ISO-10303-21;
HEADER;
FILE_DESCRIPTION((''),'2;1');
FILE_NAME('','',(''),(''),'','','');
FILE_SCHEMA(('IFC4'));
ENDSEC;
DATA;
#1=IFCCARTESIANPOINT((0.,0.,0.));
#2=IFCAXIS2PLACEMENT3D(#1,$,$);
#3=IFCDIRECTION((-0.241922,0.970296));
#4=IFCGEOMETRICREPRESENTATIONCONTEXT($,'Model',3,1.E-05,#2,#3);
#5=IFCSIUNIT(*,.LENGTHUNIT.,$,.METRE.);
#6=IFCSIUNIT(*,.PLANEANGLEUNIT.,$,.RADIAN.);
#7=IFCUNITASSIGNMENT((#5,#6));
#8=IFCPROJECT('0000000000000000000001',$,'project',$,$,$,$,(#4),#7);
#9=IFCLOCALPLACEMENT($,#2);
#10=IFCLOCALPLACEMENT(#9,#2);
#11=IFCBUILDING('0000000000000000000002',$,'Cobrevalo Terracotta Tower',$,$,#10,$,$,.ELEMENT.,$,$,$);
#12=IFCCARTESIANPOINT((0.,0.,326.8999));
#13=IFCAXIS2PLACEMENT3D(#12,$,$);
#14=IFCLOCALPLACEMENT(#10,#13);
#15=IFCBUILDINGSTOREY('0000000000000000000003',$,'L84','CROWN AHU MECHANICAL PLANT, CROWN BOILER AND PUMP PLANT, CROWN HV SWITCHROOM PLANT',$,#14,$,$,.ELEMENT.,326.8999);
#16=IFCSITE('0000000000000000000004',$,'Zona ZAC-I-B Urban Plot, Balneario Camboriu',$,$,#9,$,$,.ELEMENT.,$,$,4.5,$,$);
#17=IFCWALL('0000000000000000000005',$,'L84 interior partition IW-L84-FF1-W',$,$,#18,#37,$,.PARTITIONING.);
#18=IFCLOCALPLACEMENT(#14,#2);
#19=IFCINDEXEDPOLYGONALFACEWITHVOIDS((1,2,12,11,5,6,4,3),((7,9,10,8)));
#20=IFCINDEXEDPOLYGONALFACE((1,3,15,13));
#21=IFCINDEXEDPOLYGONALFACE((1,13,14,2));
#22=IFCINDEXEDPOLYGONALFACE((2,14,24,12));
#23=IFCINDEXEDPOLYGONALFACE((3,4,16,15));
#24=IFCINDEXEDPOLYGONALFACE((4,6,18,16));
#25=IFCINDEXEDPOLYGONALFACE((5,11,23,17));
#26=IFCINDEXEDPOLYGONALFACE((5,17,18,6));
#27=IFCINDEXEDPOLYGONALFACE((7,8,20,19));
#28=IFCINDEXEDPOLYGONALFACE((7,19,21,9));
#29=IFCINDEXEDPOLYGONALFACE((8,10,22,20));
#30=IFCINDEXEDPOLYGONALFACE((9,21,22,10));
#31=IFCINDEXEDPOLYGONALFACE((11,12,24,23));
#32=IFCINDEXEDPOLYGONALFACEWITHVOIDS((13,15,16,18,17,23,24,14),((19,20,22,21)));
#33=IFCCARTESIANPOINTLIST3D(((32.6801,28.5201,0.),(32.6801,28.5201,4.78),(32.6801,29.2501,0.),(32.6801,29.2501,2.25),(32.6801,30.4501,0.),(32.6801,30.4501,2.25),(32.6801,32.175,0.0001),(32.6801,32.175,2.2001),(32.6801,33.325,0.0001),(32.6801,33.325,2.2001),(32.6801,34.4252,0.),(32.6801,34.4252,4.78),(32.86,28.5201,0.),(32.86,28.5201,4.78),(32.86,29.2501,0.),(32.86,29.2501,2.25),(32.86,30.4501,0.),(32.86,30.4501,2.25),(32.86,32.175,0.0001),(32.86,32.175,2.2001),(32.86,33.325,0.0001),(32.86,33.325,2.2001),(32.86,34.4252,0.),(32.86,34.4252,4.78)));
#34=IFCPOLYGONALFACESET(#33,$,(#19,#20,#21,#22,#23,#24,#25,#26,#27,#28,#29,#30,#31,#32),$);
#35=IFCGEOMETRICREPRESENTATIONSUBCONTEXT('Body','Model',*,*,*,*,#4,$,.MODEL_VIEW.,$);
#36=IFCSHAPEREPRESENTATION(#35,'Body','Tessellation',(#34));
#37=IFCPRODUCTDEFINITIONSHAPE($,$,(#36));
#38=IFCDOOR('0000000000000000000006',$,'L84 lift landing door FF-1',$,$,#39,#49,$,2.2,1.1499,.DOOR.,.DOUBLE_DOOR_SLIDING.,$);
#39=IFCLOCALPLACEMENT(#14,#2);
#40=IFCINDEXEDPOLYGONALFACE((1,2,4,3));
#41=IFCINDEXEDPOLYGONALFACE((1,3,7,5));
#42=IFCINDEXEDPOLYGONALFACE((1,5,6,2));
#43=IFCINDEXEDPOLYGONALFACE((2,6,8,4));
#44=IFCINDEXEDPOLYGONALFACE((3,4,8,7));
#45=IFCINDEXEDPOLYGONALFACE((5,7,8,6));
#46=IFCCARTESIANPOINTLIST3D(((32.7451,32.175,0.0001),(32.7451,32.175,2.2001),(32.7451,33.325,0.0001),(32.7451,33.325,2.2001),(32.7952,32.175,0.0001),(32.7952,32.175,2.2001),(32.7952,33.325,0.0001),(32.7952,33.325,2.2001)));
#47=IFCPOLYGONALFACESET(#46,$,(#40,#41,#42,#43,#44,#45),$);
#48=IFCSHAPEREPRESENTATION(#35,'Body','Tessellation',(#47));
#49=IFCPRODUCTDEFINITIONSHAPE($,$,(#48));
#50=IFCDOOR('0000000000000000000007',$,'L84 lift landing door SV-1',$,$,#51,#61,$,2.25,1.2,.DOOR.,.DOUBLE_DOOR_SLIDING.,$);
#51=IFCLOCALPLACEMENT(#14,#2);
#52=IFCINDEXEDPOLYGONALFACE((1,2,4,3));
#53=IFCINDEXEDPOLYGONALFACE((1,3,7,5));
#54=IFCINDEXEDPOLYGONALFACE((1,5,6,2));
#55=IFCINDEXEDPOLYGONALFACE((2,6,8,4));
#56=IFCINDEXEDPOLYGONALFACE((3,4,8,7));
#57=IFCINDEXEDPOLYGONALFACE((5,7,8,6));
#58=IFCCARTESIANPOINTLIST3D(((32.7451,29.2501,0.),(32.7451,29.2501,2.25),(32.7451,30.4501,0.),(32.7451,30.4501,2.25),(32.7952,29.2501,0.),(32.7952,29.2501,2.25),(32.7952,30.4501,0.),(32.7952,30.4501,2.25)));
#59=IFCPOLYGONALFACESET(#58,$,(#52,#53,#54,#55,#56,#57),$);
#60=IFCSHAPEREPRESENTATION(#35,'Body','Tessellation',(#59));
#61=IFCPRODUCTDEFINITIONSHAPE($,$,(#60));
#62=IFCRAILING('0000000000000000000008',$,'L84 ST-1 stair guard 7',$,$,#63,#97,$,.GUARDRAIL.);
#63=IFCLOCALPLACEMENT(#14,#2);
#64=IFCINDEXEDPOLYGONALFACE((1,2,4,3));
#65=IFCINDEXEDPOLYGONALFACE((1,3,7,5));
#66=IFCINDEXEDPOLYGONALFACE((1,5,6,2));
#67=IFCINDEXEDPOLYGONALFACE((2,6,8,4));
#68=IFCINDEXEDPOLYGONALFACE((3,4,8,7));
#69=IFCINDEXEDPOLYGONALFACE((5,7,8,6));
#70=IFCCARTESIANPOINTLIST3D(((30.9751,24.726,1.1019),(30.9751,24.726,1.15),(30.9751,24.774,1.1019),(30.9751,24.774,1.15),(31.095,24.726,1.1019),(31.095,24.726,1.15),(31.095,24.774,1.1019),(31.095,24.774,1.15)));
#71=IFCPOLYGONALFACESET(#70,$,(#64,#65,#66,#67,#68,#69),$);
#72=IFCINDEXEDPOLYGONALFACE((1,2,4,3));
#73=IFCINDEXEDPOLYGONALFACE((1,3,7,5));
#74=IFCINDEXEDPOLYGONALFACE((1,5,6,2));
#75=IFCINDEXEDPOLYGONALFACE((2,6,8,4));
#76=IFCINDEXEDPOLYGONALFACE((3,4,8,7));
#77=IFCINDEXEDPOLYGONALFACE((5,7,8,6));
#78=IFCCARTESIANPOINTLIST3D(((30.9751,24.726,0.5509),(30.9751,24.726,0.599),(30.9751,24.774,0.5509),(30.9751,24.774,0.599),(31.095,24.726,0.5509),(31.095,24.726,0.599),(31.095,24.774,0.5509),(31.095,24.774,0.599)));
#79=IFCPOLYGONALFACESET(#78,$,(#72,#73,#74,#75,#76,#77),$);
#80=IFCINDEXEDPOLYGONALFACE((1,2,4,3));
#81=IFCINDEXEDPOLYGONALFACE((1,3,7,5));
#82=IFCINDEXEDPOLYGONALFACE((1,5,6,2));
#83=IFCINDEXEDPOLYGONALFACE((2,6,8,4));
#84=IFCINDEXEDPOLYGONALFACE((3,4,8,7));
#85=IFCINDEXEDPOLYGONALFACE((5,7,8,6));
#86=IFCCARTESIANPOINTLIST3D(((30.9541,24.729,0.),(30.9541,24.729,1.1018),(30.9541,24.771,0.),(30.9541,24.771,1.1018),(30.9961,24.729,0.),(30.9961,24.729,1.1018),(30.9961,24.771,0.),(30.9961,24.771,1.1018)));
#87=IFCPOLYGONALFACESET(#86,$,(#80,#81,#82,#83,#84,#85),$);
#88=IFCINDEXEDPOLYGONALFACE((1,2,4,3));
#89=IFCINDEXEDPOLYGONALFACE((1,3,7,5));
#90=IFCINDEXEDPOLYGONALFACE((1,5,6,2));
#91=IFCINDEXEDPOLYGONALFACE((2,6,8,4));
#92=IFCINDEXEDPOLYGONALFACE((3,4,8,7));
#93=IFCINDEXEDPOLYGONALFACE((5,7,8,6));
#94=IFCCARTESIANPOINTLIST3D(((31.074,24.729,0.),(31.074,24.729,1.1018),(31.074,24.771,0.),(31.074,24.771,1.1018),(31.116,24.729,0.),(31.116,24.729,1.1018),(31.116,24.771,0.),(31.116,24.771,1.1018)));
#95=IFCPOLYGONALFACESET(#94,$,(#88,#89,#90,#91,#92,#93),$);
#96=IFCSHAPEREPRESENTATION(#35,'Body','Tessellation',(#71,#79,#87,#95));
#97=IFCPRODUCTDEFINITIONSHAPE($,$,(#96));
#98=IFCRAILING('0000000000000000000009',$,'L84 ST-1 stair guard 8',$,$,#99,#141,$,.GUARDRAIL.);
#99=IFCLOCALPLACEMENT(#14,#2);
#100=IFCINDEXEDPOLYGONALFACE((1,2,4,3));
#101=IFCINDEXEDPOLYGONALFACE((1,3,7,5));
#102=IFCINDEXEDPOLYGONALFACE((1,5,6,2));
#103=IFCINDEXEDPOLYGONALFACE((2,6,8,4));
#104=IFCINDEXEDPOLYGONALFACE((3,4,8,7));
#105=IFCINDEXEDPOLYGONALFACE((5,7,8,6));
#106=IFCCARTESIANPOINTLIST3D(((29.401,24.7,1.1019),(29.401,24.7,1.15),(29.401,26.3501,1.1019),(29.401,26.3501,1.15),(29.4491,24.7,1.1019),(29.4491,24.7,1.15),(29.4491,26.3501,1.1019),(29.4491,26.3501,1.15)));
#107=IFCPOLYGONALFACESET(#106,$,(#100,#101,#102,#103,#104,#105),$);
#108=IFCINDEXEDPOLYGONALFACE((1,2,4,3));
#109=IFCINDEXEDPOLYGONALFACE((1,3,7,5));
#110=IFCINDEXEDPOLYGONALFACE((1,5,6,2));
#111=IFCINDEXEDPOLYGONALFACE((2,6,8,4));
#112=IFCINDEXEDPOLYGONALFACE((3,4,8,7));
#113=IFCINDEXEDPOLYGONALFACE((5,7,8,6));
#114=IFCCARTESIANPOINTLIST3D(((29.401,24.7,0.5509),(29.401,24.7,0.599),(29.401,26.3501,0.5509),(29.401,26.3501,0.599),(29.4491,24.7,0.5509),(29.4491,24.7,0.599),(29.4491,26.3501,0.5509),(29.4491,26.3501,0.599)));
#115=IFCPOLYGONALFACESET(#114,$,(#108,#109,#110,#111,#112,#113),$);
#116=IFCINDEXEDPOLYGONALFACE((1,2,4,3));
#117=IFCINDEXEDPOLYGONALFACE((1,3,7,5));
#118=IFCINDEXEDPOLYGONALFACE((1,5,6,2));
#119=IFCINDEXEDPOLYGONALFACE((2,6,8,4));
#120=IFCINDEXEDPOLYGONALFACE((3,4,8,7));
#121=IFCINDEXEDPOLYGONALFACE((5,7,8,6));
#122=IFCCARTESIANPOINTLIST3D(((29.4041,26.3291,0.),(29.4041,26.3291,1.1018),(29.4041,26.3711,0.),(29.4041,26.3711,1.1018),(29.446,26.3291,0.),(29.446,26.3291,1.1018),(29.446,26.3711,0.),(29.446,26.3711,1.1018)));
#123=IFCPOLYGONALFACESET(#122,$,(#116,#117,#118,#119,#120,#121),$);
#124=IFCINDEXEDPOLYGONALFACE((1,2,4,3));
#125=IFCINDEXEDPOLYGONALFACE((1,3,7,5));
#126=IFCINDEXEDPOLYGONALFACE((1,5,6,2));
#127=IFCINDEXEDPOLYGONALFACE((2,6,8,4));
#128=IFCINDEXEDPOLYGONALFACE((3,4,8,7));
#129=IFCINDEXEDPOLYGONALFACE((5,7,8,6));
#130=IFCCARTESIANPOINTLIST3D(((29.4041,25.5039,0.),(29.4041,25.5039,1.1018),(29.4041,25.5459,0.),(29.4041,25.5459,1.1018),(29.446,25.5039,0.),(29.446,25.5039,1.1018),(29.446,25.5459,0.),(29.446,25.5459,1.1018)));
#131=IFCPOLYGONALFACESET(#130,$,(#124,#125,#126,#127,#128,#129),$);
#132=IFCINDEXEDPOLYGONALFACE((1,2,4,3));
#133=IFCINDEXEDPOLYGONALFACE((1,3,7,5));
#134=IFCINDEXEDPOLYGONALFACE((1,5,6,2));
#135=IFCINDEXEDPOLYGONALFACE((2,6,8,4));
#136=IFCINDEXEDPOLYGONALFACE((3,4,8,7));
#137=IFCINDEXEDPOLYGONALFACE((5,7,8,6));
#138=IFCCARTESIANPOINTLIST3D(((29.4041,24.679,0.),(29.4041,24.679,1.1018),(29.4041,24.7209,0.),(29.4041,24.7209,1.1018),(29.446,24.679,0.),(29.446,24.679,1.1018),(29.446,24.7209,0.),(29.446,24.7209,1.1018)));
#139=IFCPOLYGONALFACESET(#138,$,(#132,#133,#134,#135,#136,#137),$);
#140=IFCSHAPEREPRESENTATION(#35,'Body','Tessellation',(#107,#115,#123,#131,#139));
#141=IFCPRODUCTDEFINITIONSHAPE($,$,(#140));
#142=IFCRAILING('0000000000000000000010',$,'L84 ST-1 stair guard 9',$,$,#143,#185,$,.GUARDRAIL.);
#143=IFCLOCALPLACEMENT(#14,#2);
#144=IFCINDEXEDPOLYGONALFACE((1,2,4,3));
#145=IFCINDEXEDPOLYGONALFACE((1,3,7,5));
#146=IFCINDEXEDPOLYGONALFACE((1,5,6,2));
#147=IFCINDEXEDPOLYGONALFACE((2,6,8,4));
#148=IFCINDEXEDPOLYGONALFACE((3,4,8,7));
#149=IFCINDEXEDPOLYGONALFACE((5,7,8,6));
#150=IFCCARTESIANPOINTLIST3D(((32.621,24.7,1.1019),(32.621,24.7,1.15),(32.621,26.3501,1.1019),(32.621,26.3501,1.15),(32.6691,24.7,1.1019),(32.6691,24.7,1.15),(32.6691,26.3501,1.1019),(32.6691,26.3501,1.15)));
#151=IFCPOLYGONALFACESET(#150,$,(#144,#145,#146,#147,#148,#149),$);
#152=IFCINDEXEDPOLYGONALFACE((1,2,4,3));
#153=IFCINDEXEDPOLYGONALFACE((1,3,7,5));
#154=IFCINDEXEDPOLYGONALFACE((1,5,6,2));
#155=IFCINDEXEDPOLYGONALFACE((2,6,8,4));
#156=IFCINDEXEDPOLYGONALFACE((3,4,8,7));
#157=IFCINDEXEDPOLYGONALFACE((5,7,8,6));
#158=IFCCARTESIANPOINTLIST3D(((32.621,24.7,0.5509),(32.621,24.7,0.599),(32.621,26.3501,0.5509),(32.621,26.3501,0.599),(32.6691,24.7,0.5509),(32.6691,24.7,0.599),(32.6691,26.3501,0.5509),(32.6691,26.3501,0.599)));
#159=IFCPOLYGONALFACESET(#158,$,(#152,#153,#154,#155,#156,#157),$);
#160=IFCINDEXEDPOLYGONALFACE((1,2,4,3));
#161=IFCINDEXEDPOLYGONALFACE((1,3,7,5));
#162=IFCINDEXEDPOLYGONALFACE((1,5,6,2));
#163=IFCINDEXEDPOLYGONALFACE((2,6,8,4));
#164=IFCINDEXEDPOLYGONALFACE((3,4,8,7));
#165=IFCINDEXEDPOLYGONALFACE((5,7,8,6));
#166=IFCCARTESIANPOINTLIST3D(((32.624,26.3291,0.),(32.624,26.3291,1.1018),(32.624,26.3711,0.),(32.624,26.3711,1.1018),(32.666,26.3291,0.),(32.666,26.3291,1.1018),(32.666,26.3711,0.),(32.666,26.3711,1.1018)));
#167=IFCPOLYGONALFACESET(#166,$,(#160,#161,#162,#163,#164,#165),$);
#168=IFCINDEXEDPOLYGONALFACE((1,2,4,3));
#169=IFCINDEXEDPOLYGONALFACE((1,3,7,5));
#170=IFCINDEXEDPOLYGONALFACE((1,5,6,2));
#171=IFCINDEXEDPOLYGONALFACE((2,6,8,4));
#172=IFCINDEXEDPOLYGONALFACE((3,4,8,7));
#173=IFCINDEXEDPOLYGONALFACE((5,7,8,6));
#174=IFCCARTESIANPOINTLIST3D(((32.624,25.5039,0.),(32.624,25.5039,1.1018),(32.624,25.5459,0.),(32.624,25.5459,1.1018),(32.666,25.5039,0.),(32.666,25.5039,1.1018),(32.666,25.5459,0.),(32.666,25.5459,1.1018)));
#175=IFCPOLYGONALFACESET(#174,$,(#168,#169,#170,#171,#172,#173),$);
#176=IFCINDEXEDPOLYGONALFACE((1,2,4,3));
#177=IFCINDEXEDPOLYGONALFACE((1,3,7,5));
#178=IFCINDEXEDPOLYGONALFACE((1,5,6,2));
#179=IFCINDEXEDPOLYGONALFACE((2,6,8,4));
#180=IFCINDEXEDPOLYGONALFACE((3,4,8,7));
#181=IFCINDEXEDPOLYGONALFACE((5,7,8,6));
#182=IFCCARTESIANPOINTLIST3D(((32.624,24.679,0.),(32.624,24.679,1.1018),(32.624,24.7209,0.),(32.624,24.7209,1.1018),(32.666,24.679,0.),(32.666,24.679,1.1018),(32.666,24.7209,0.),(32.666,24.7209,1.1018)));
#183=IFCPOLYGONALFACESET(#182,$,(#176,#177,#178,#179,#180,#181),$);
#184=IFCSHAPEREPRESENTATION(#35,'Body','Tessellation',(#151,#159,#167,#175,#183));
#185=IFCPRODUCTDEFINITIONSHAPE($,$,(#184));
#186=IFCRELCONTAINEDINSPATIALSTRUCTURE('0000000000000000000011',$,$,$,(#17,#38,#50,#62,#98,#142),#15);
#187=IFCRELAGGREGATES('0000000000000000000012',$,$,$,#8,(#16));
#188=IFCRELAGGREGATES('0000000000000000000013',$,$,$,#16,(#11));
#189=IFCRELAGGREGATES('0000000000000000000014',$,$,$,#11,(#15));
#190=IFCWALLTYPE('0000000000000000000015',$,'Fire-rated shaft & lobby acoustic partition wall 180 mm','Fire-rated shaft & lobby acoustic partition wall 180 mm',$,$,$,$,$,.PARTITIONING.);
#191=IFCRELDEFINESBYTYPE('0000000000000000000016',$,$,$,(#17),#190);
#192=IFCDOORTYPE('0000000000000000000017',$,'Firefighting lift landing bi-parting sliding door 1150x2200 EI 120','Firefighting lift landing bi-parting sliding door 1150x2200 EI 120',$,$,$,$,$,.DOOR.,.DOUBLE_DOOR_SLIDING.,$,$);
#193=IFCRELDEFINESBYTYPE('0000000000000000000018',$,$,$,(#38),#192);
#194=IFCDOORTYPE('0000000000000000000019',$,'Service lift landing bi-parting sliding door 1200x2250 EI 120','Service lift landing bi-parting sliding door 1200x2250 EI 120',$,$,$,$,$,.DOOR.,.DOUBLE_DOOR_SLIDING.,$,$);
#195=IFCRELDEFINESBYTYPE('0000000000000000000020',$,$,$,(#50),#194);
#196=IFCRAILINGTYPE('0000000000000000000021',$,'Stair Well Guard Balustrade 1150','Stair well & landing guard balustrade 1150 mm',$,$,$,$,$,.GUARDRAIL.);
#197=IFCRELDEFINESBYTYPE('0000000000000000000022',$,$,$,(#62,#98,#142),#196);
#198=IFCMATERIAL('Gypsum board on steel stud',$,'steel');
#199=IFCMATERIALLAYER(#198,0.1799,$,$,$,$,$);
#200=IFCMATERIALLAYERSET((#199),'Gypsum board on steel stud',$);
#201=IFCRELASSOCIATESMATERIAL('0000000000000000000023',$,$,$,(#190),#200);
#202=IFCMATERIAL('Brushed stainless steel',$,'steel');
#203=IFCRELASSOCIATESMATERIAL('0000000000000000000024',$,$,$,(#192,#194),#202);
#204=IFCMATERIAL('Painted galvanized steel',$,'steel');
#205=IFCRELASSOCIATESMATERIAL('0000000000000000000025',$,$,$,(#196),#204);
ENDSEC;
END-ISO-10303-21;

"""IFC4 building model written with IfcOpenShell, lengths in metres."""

from ifc_helpers import new_model, si_unit, direction, frame, frame_2d, origin, origin_2d, place, context, subcontext, project, spatial, rectangle, extrude, source, transform, mapped, material, layer, layer_set, type_object, element, fill, save


model = new_model("IFC4")

# Units and contexts
model_context = context("Model", 3, precision=1e-05, world=origin(), true_north=direction((-0.241922, 0.970296)))
body_context = subcontext(model_context, "Body", "Model", "MODEL_VIEW")
ifc_project = project(units=[si_unit("LENGTHUNIT", "METRE"), si_unit("PLANEANGLEUNIT", "RADIAN")], contexts=[model_context])

# Site, building, storey
site_placement = place(None, origin())
site = spatial("IfcSite", under=ifc_project, at=site_placement, Name="Zona ZAC-I-B Urban Plot, Balneario Camboriu", CompositionType="ELEMENT", RefElevation=4.5)
building_placement = place(site_placement, origin())
building = spatial("IfcBuilding", under=site, at=building_placement, Name="Cobrevalo Terracotta Tower", CompositionType="ELEMENT")
storey_placement = place(building_placement, frame((0.0, 0.0, 326.8999)))
storey = spatial("IfcBuildingStorey", under=building, at=storey_placement, Name="L84", Description="CROWN AHU MECHANICAL PLANT, CROWN BOILER AND PUMP PLANT, CROWN HV SWITCHROOM PLANT", CompositionType="ELEMENT", Elevation=326.8999)

# Shared definitions
ifc_material_1 = material(Name="Gypsum board on steel stud", Category="steel")

# Shared definitions
ifc_layer_1 = layer(ifc_material_1, 0.1799)
ifc_layer_set_1 = layer_set([ifc_layer_1], Name="Gypsum board on steel stud")
wall_type_1 = type_object("IfcWallType", Name="Fire-rated shaft & lobby acoustic partition wall 180 mm", Description="Fire-rated shaft & lobby acoustic partition wall 180 mm", PredefinedType="PARTITIONING", material=ifc_layer_set_1)

# Wall, openings, doors
wall_1_placement = place(storey_placement, frame((32.77, 28.52, 0.0), z_axis=(0.0, 0.0, 1.0), x_axis=(0.0, 1.0, 0.0)))
wall_1 = element("IfcWall", 1, at=wall_1_placement, inside=storey, type_object=wall_type_1, Name="L84 interior partition IW-L84-FF1-W", PredefinedType="PARTITIONING", context=body_context, shape_type="SweptSolid", body=[
    extrude(rectangle(XDim=5.905, YDim=0.1799, at=frame_2d((2.9526, 0.0))), origin(), (0.0, 0.0, 1.0), 4.78),
])
opening_1_placement = place(wall_1_placement, frame((3.655, 0.0, 0.0)))
opening_1 = element("IfcOpeningElement", 2, at=opening_1_placement, cuts=wall_1, PredefinedType="OPENING", context=body_context, shape_type="SweptSolid", body=[
    extrude(rectangle(XDim=1.1499, YDim=2.2, at=frame_2d((0.575, 1.1001))), frame((0.0, 0.1001, 0.0), z_axis=(0.0, -1.0, 0.0), x_axis=(1.0, 0.0, 0.0)), (0.0, 0.0, 1.0), 0.2),
])
opening_2_placement = place(wall_1_placement, frame((0.73, 0.0, 0.0)))
opening_2 = element("IfcOpeningElement", 3, at=opening_2_placement, cuts=wall_1, PredefinedType="OPENING", context=body_context, shape_type="SweptSolid", body=[
    extrude(rectangle(XDim=1.2, YDim=2.25, at=frame_2d((0.6001, 1.125))), frame((0.0, 0.1001, 0.0), z_axis=(0.0, -1.0, 0.0), x_axis=(1.0, 0.0, 0.0)), (0.0, 0.0, 1.0), 0.2),
])
ifc_material_2 = material(Name="Brushed stainless steel", Category="steel")
door_type_1 = type_object("IfcDoorType", Name="Firefighting lift landing bi-parting sliding door 1150x2200 EI 120", Description="Firefighting lift landing bi-parting sliding door 1150x2200 EI 120", OperationType="DOUBLE_DOOR_SLIDING", PredefinedType="DOOR", material=ifc_material_2)
shared_shape_1 = source(origin(), body_context, "Body", "SweptSolid", [
    extrude(rectangle(XDim=1.1499, YDim=2.2, at=frame_2d((0.575, 1.1001))), frame((0.0, 0.0249, 0.0), z_axis=(0.0, -1.0, 0.0), x_axis=(1.0, 0.0, 0.0)), (0.0, 0.0, 1.0), 0.05),
])
door_1_placement = place(opening_1_placement, origin())
door_1 = element("IfcDoor", 4, at=door_1_placement, inside=storey, type_object=door_type_1, Name="L84 lift landing door FF-1", OperationType="DOUBLE_DOOR_SLIDING", OverallHeight=2.2, OverallWidth=1.1499, PredefinedType="DOOR", context=body_context, shape_type="MappedRepresentation", body=[
    mapped(shared_shape_1, transform((0.0, 0.0, 0.0), scale=1.0)),
])
fill(opening_1, door_1)
door_type_2 = type_object("IfcDoorType", Name="Service lift landing bi-parting sliding door 1200x2250 EI 120", Description="Service lift landing bi-parting sliding door 1200x2250 EI 120", OperationType="DOUBLE_DOOR_SLIDING", PredefinedType="DOOR", material=ifc_material_2)
shared_shape_2 = source(origin(), body_context, "Body", "SweptSolid", [
    extrude(rectangle(XDim=1.2, YDim=2.25, at=frame_2d((0.6001, 1.125))), frame((0.0, 0.0249, 0.0), z_axis=(0.0, -1.0, 0.0), x_axis=(1.0, 0.0, 0.0)), (0.0, 0.0, 1.0), 0.05),
])
door_2_placement = place(opening_2_placement, origin())
door_2 = element("IfcDoor", 5, at=door_2_placement, inside=storey, type_object=door_type_2, Name="L84 lift landing door SV-1", OperationType="DOUBLE_DOOR_SLIDING", OverallHeight=2.25, OverallWidth=1.2, PredefinedType="DOOR", context=body_context, shape_type="MappedRepresentation", body=[
    mapped(shared_shape_2, transform((0.0, 0.0, 0.0), scale=1.0)),
])
fill(opening_2, door_2)

# Railings
ifc_material_3 = material(Name="Painted galvanized steel", Category="steel")
railing_type = type_object("IfcRailingType", Name="Stair Well Guard Balustrade 1150", Description="Stair well & landing guard balustrade 1150 mm", PredefinedType="GUARDRAIL", material=ifc_material_3)
railing_placement = place(storey_placement, frame((30.9751, 24.75, 0.0)))
element("IfcRailing", 6, at=railing_placement, inside=storey, type_object=railing_type, Name="L84 ST-1 stair guard 7", PredefinedType="GUARDRAIL", context=body_context, shape_type="SweptSolid", body=[
    extrude(rectangle(XDim=0.0481, YDim=0.0481, at=origin_2d()), frame((0.0, 0.0, 1.126), z_axis=(1.0, 0.0, 0.0), x_axis=(0.0, 1.0, 0.0)), (0.0, 0.0, 1.0), 0.1199),
    extrude(rectangle(XDim=0.0481, YDim=0.0481, at=origin_2d()), frame((0.0, 0.0, 0.575), z_axis=(1.0, 0.0, 0.0), x_axis=(0.0, 1.0, 0.0)), (0.0, 0.0, 1.0), 0.1199),
    extrude(rectangle(XDim=0.042, YDim=0.042, at=origin_2d()), origin(), (0.0, 0.0, 1.0), 1.1018),
    extrude(rectangle(XDim=0.042, YDim=0.042, at=origin_2d()), frame((0.1199, 0.0, 0.0)), (0.0, 0.0, 1.0), 1.1018),
])
for number, where, name in (
    (7, (29.425, 26.3501, 0.0), "L84 ST-1 stair guard 8"),
    (8, (32.645, 26.3501, 0.0), "L84 ST-1 stair guard 9"),
):
    element("IfcRailing", number, at=place(storey_placement, frame(where)), inside=storey, type_object=railing_type, Name=name, PredefinedType="GUARDRAIL", context=body_context, shape_type="SweptSolid", body=[
        extrude(rectangle(XDim=0.0481, YDim=0.0481, at=origin_2d()), frame((0.0, 0.0, 1.126), z_axis=(0.0, -1.0, 0.0), x_axis=(1.0, 0.0, 0.0)), (0.0, 0.0, 1.0), 1.6501),
        extrude(rectangle(XDim=0.0481, YDim=0.0481, at=origin_2d()), frame((0.0, 0.0, 0.575), z_axis=(0.0, -1.0, 0.0), x_axis=(1.0, 0.0, 0.0)), (0.0, 0.0, 1.0), 1.6501),
        extrude(rectangle(XDim=0.042, YDim=0.042, at=origin_2d()), origin(), (0.0, 0.0, 1.0), 1.1018),
        extrude(rectangle(XDim=0.042, YDim=0.042, at=origin_2d()), frame((0.0, -0.8252, 0.0)), (0.0, 0.0, 1.0), 1.1018),
        extrude(rectangle(XDim=0.042, YDim=0.042, at=origin_2d()), frame((0.0, -1.6501, 0.0)), (0.0, 0.0, 1.0), 1.1018),
    ])

save(model, "model.ifc")
